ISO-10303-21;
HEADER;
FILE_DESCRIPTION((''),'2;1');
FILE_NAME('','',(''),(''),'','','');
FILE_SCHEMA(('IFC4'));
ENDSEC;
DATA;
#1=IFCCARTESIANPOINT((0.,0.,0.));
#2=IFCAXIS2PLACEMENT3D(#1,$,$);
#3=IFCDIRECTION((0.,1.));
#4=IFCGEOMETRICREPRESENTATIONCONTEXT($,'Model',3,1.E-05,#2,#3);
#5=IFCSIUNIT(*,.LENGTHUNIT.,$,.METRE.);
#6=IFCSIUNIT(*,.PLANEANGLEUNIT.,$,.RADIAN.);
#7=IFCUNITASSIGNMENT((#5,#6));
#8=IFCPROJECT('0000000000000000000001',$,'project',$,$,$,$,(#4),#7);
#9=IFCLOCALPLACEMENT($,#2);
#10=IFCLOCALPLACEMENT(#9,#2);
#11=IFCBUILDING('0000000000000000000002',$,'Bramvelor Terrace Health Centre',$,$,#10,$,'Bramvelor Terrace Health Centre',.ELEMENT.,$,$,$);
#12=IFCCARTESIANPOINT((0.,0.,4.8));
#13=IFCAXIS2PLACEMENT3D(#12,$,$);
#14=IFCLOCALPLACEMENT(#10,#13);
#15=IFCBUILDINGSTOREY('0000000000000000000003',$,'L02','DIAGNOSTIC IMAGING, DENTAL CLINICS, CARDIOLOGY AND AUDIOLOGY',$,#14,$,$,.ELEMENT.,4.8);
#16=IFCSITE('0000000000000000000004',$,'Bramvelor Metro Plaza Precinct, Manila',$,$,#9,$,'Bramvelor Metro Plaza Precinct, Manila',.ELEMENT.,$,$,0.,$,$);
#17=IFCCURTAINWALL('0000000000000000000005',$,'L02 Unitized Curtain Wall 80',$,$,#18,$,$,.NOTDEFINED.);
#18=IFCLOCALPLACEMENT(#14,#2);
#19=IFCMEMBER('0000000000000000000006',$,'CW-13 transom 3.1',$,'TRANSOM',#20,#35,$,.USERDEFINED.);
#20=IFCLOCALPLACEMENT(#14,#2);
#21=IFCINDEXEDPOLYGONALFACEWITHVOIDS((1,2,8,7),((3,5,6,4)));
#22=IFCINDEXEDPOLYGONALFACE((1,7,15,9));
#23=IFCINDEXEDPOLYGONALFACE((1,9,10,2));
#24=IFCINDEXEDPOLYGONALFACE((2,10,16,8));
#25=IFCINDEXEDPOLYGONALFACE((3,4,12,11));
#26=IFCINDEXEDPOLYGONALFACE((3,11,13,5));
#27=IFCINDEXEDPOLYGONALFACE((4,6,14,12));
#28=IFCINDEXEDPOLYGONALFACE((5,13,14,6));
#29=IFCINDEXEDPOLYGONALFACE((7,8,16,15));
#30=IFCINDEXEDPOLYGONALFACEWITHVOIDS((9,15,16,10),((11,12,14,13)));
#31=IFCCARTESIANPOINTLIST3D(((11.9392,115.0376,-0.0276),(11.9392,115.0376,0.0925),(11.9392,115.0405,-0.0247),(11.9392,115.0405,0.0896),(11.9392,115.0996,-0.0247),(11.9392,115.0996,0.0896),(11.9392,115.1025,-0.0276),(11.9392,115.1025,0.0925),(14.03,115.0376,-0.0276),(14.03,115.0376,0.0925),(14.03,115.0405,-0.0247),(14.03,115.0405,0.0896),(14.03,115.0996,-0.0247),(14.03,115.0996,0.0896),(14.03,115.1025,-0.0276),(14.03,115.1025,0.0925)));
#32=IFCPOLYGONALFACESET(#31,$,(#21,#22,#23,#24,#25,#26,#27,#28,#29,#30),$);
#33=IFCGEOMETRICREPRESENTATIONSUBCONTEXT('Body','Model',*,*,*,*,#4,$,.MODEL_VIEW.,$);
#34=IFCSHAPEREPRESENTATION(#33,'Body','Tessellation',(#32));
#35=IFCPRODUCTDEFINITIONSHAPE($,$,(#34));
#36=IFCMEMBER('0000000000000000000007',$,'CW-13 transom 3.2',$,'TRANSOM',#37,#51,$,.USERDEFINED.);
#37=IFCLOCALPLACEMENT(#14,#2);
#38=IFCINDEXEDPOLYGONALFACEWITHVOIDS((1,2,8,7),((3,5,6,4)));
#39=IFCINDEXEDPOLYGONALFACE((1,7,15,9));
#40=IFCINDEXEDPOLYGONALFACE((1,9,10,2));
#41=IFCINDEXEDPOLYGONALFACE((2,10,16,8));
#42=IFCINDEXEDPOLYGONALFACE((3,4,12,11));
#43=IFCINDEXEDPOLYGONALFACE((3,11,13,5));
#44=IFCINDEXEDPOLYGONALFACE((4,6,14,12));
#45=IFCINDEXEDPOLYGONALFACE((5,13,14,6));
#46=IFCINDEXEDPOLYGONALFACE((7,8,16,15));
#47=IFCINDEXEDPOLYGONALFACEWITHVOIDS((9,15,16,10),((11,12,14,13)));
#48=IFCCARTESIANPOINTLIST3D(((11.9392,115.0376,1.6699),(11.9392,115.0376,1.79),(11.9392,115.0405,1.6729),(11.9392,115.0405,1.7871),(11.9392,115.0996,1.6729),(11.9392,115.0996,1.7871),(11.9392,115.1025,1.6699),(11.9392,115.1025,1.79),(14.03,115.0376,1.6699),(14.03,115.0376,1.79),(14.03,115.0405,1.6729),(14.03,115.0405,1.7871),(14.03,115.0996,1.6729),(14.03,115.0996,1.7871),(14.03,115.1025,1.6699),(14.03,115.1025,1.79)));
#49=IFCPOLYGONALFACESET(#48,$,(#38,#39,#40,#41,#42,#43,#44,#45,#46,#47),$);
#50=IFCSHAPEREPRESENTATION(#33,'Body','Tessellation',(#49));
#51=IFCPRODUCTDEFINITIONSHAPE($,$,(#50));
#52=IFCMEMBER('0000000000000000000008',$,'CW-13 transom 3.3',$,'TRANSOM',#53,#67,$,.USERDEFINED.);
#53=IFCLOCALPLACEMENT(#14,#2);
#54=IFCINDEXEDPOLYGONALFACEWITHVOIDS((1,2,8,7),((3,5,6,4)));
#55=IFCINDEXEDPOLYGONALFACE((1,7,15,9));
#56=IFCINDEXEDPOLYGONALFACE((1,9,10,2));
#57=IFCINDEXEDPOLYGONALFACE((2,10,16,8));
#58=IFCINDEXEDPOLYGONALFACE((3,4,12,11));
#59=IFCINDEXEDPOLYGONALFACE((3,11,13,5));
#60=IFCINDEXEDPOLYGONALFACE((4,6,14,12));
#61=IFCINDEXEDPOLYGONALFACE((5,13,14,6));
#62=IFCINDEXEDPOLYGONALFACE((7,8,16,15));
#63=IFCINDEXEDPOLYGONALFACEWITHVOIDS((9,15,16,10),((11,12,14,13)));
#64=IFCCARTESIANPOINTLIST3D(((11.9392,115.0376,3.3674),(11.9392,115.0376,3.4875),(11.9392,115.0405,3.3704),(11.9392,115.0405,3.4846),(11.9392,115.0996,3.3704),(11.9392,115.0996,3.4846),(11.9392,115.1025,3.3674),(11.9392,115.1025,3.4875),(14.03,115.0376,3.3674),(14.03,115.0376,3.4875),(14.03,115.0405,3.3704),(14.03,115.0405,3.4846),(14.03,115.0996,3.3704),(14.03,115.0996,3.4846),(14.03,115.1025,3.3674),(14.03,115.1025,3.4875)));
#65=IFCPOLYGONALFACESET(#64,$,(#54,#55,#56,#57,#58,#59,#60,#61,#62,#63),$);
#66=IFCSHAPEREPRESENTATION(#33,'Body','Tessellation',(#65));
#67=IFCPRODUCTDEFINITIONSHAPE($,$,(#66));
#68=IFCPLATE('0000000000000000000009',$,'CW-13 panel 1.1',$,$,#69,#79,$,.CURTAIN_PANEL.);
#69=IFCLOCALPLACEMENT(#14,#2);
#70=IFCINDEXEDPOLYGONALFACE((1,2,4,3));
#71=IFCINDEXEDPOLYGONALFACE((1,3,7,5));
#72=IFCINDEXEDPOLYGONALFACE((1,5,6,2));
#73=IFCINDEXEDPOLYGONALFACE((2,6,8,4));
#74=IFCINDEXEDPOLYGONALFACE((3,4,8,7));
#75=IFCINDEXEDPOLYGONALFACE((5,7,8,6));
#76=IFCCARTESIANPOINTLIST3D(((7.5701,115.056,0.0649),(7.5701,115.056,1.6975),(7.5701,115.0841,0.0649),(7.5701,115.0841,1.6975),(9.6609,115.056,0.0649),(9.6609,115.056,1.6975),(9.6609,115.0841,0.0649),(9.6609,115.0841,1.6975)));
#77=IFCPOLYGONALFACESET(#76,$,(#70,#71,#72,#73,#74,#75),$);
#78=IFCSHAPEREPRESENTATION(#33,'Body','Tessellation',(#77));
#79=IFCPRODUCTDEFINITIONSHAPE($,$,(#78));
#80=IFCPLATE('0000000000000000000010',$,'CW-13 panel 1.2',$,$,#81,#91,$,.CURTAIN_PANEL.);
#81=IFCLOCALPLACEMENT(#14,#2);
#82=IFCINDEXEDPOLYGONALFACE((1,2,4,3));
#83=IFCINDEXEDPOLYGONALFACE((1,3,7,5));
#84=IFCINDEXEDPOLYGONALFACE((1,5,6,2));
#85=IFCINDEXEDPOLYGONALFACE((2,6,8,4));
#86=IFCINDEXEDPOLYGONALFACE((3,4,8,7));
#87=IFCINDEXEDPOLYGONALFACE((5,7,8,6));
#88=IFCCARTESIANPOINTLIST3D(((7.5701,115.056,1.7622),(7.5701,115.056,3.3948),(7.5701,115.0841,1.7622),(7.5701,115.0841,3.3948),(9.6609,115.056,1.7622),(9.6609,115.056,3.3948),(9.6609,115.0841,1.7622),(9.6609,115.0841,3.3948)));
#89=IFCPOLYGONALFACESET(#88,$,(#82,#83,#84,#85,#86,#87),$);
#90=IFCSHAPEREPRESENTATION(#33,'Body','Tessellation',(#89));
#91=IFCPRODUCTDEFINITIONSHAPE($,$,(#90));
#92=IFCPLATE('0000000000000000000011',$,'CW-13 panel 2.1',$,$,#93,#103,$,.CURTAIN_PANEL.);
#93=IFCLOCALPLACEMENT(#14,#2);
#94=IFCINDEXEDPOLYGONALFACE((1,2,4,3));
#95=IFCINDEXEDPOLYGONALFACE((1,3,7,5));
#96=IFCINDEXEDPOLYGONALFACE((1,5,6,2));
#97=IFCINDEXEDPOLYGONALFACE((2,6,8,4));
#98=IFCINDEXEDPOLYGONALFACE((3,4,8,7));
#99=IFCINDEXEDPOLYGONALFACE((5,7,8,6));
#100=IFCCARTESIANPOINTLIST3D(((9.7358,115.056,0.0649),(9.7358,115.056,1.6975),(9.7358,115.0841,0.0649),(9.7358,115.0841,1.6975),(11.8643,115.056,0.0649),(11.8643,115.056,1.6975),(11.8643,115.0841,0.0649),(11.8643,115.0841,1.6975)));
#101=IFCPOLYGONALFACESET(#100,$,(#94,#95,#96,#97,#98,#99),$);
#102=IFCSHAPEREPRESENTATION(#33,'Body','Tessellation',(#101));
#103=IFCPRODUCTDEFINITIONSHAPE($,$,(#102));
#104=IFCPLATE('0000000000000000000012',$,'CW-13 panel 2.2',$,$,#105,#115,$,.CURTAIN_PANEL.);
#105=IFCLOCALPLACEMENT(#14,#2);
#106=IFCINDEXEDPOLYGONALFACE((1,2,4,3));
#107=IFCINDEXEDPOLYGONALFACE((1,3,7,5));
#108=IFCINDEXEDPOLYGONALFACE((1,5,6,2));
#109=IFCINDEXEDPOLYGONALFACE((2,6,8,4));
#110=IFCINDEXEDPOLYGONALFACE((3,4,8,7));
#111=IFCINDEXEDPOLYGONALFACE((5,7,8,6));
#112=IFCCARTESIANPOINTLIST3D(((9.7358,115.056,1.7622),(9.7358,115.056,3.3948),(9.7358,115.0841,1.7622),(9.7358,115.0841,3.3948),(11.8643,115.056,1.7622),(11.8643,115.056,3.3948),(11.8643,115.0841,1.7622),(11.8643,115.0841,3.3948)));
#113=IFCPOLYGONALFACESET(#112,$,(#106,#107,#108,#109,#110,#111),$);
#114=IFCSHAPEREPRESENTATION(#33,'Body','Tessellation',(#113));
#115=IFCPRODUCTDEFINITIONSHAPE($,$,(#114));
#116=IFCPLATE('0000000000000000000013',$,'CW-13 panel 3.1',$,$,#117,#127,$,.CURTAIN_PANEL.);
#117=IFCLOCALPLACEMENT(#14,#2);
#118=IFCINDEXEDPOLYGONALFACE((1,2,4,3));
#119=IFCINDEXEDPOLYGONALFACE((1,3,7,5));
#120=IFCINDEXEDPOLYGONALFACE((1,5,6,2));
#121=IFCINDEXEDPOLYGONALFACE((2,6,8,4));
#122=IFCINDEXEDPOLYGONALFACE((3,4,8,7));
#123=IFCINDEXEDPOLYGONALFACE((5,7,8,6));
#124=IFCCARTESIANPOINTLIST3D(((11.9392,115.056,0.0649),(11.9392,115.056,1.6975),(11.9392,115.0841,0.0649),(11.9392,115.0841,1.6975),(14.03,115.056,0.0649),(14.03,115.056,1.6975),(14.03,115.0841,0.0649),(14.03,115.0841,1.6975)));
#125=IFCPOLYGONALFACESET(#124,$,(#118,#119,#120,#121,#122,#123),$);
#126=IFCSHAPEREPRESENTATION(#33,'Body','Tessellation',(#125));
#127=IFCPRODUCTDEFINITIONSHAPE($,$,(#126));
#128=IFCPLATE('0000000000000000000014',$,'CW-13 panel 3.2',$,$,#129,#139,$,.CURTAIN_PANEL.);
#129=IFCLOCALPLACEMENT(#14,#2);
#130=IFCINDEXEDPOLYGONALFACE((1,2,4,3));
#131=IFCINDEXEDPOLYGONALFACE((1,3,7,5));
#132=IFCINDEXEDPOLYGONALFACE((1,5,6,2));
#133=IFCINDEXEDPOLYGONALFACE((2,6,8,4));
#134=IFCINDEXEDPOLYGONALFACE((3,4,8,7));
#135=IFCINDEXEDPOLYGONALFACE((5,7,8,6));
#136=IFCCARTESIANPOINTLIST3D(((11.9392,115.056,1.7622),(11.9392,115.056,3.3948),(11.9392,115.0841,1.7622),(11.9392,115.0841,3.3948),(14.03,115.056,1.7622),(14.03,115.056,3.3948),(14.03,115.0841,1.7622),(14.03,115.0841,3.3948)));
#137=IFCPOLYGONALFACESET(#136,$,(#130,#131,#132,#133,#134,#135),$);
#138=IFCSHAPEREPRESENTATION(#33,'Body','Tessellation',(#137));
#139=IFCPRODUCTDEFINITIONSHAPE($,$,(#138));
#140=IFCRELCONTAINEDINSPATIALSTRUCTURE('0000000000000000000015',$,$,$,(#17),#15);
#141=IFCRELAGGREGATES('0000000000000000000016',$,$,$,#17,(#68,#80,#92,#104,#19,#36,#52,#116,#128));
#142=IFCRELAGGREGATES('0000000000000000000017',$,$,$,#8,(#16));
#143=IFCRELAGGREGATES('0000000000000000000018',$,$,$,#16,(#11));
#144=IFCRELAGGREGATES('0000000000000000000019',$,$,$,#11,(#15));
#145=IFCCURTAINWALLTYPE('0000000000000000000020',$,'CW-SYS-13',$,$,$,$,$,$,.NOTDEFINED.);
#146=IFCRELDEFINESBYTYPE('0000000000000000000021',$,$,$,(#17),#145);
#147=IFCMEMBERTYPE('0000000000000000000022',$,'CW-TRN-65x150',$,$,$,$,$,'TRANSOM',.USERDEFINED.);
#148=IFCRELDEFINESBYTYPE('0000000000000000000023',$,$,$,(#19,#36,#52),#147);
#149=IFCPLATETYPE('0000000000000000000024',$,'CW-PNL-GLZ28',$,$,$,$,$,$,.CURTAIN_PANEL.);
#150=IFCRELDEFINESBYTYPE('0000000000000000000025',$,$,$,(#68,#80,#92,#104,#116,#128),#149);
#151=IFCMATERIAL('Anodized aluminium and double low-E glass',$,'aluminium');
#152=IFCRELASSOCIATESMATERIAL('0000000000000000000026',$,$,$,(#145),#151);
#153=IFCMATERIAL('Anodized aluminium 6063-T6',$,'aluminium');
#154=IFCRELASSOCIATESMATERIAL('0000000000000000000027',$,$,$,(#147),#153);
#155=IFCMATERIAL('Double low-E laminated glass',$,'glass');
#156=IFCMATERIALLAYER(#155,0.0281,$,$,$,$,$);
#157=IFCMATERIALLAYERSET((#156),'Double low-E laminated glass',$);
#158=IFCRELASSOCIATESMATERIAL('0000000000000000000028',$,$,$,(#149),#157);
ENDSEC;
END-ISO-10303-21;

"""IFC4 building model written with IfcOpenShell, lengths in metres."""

from ifc_helpers import new_model, si_unit, direction, frame, origin, origin_2d, place, context, subcontext, project, spatial, rectangle, hollow_rectangle, extrude, material, layer, layer_set, material_profile, profile_set, type_object, element, aggregate, save


model = new_model("IFC4")

# Units and contexts
model_context = context("Model", 3, precision=1e-05, world=origin(), true_north=direction((0.0, 1.0)))
body_context = subcontext(model_context, "Body", "Model", "MODEL_VIEW")
ifc_project = project(units=[si_unit("LENGTHUNIT", "METRE"), si_unit("PLANEANGLEUNIT", "RADIAN")], contexts=[model_context])

# Site, building, storey
site_placement = place(None, origin())
site = spatial("IfcSite", under=ifc_project, at=site_placement, Name="Bramvelor Metro Plaza Precinct, Manila", LongName="Bramvelor Metro Plaza Precinct, Manila", CompositionType="ELEMENT", RefElevation=0.0)
building_placement = place(site_placement, origin())
building = spatial("IfcBuilding", under=site, at=building_placement, Name="Bramvelor Terrace Health Centre", LongName="Bramvelor Terrace Health Centre", CompositionType="ELEMENT")
storey_placement = place(building_placement, frame((0.0, 0.0, 4.8)))
storey = spatial("IfcBuildingStorey", under=building, at=storey_placement, Name="L02", Description="DIAGNOSTIC IMAGING, DENTAL CLINICS, CARDIOLOGY AND AUDIOLOGY", CompositionType="ELEMENT", Elevation=4.8)

# Curtain wall, members, plates
ifc_material_1 = material(Name="Anodized aluminium and double low-E glass", Category="aluminium")
curtain_wall_type = type_object("IfcCurtainWallType", Name="CW-SYS-13", PredefinedType="NOTDEFINED", material=ifc_material_1)
curtain_wall_placement = place(storey_placement, origin())
curtain_wall = element("IfcCurtainWall", 1, at=curtain_wall_placement, inside=storey, type_object=curtain_wall_type, Name="L02 Unitized Curtain Wall 80", PredefinedType="NOTDEFINED")
ifc_material_2 = material(Name="Anodized aluminium 6063-T6", Category="aluminium")
ifc_material_profile_1 = material_profile(ifc_material_2, hollow_rectangle(XDim=0.0649, YDim=0.1201, WallThickness=0.0029, at=origin_2d()), Name="ALU-TRN 65x120x3.0")
ifc_profile_set_1 = profile_set([ifc_material_profile_1], Name="Anodized aluminium 6063-T6")
member_type_1 = type_object("IfcMemberType", Name="CW-TRN-65x150", ElementType="TRANSOM", PredefinedType="USERDEFINED", material=ifc_profile_set_1)
member_1_placement = place(storey_placement, frame((11.9392, 115.0701, 0.0325), z_axis=(1.0, 0.0, 0.0), x_axis=(0.0, 1.0, 0.0)))
member_1 = element("IfcMember", 2, at=member_1_placement, type_object=member_type_1, Name="CW-13 transom 3.1", ObjectType="TRANSOM", PredefinedType="USERDEFINED", context=body_context, shape_type="SweptSolid", body=[
    extrude(hollow_rectangle(XDim=0.0649, YDim=0.1201, WallThickness=0.0029, at=origin_2d()), origin(), (0.0, 0.0, 1.0), 2.0908),
])
member_2_placement = place(storey_placement, frame((11.9392, 115.0701, 1.73), z_axis=(1.0, 0.0, 0.0), x_axis=(0.0, 1.0, 0.0)))
member_2 = element("IfcMember", 3, at=member_2_placement, type_object=member_type_1, Name="CW-13 transom 3.2", ObjectType="TRANSOM", PredefinedType="USERDEFINED", context=body_context, shape_type="SweptSolid", body=[
    extrude(hollow_rectangle(XDim=0.0649, YDim=0.1201, WallThickness=0.0029, at=origin_2d()), origin(), (0.0, 0.0, 1.0), 2.0908),
])
member_3_placement = place(storey_placement, frame((11.9392, 115.0701, 3.4275), z_axis=(1.0, 0.0, 0.0), x_axis=(0.0, 1.0, 0.0)))
member_3 = element("IfcMember", 4, at=member_3_placement, type_object=member_type_1, Name="CW-13 transom 3.3", ObjectType="TRANSOM", PredefinedType="USERDEFINED", context=body_context, shape_type="SweptSolid", body=[
    extrude(hollow_rectangle(XDim=0.0649, YDim=0.1201, WallThickness=0.0029, at=origin_2d()), origin(), (0.0, 0.0, 1.0), 2.0908),
])
ifc_material_3 = material(Name="Double low-E laminated glass", Category="glass")
ifc_layer = layer(ifc_material_3, 0.0281)
ifc_layer_set = layer_set([ifc_layer], Name="Double low-E laminated glass")
plate_type = type_object("IfcPlateType", Name="CW-PNL-GLZ28", PredefinedType="CURTAIN_PANEL", material=ifc_layer_set)
plate_1_placement = place(storey_placement, frame((8.6155, 115.0701, 0.0649), z_axis=(0.0, 0.0, 1.0), x_axis=(1.0, 0.0, 0.0)))
plate_1 = element("IfcPlate", 5, at=plate_1_placement, type_object=plate_type, Name="CW-13 panel 1.1", PredefinedType="CURTAIN_PANEL", context=body_context, shape_type="SweptSolid", body=[
    extrude(rectangle(XDim=2.0908, YDim=0.0281, at=origin_2d()), origin(), (0.0, 0.0, 1.0), 1.6326),
])
plate_2_placement = place(storey_placement, frame((8.6155, 115.0701, 1.7622), z_axis=(0.0, 0.0, 1.0), x_axis=(1.0, 0.0, 0.0)))
plate_2 = element("IfcPlate", 6, at=plate_2_placement, type_object=plate_type, Name="CW-13 panel 1.2", PredefinedType="CURTAIN_PANEL", context=body_context, shape_type="SweptSolid", body=[
    extrude(rectangle(XDim=2.0908, YDim=0.0281, at=origin_2d()), origin(), (0.0, 0.0, 1.0), 1.6326),
])
plate_3_placement = place(storey_placement, frame((10.8, 115.0701, 0.0649), z_axis=(0.0, 0.0, 1.0), x_axis=(1.0, 0.0, 0.0)))
plate_3 = element("IfcPlate", 7, at=plate_3_placement, type_object=plate_type, Name="CW-13 panel 2.1", PredefinedType="CURTAIN_PANEL", context=body_context, shape_type="SweptSolid", body=[
    extrude(rectangle(XDim=2.1284, YDim=0.0281, at=origin_2d()), origin(), (0.0, 0.0, 1.0), 1.6326),
])
plate_4_placement = place(storey_placement, frame((10.8, 115.0701, 1.7622), z_axis=(0.0, 0.0, 1.0), x_axis=(1.0, 0.0, 0.0)))
plate_4 = element("IfcPlate", 8, at=plate_4_placement, type_object=plate_type, Name="CW-13 panel 2.2", PredefinedType="CURTAIN_PANEL", context=body_context, shape_type="SweptSolid", body=[
    extrude(rectangle(XDim=2.1284, YDim=0.0281, at=origin_2d()), origin(), (0.0, 0.0, 1.0), 1.6326),
])
plate_5_placement = place(storey_placement, frame((12.9846, 115.0701, 0.0649), z_axis=(0.0, 0.0, 1.0), x_axis=(1.0, 0.0, 0.0)))
plate_5 = element("IfcPlate", 9, at=plate_5_placement, type_object=plate_type, Name="CW-13 panel 3.1", PredefinedType="CURTAIN_PANEL", context=body_context, shape_type="SweptSolid", body=[
    extrude(rectangle(XDim=2.0908, YDim=0.0281, at=origin_2d()), origin(), (0.0, 0.0, 1.0), 1.6326),
])
plate_6_placement = place(storey_placement, frame((12.9846, 115.0701, 1.7622), z_axis=(0.0, 0.0, 1.0), x_axis=(1.0, 0.0, 0.0)))
plate_6 = element("IfcPlate", 10, at=plate_6_placement, type_object=plate_type, Name="CW-13 panel 3.2", PredefinedType="CURTAIN_PANEL", context=body_context, shape_type="SweptSolid", body=[
    extrude(rectangle(XDim=2.0908, YDim=0.0281, at=origin_2d()), origin(), (0.0, 0.0, 1.0), 1.6326),
])
aggregate(curtain_wall, [plate_1, plate_2, plate_3, plate_4, member_1, member_2, member_3, plate_5, plate_6])

save(model, "model.ifc")
